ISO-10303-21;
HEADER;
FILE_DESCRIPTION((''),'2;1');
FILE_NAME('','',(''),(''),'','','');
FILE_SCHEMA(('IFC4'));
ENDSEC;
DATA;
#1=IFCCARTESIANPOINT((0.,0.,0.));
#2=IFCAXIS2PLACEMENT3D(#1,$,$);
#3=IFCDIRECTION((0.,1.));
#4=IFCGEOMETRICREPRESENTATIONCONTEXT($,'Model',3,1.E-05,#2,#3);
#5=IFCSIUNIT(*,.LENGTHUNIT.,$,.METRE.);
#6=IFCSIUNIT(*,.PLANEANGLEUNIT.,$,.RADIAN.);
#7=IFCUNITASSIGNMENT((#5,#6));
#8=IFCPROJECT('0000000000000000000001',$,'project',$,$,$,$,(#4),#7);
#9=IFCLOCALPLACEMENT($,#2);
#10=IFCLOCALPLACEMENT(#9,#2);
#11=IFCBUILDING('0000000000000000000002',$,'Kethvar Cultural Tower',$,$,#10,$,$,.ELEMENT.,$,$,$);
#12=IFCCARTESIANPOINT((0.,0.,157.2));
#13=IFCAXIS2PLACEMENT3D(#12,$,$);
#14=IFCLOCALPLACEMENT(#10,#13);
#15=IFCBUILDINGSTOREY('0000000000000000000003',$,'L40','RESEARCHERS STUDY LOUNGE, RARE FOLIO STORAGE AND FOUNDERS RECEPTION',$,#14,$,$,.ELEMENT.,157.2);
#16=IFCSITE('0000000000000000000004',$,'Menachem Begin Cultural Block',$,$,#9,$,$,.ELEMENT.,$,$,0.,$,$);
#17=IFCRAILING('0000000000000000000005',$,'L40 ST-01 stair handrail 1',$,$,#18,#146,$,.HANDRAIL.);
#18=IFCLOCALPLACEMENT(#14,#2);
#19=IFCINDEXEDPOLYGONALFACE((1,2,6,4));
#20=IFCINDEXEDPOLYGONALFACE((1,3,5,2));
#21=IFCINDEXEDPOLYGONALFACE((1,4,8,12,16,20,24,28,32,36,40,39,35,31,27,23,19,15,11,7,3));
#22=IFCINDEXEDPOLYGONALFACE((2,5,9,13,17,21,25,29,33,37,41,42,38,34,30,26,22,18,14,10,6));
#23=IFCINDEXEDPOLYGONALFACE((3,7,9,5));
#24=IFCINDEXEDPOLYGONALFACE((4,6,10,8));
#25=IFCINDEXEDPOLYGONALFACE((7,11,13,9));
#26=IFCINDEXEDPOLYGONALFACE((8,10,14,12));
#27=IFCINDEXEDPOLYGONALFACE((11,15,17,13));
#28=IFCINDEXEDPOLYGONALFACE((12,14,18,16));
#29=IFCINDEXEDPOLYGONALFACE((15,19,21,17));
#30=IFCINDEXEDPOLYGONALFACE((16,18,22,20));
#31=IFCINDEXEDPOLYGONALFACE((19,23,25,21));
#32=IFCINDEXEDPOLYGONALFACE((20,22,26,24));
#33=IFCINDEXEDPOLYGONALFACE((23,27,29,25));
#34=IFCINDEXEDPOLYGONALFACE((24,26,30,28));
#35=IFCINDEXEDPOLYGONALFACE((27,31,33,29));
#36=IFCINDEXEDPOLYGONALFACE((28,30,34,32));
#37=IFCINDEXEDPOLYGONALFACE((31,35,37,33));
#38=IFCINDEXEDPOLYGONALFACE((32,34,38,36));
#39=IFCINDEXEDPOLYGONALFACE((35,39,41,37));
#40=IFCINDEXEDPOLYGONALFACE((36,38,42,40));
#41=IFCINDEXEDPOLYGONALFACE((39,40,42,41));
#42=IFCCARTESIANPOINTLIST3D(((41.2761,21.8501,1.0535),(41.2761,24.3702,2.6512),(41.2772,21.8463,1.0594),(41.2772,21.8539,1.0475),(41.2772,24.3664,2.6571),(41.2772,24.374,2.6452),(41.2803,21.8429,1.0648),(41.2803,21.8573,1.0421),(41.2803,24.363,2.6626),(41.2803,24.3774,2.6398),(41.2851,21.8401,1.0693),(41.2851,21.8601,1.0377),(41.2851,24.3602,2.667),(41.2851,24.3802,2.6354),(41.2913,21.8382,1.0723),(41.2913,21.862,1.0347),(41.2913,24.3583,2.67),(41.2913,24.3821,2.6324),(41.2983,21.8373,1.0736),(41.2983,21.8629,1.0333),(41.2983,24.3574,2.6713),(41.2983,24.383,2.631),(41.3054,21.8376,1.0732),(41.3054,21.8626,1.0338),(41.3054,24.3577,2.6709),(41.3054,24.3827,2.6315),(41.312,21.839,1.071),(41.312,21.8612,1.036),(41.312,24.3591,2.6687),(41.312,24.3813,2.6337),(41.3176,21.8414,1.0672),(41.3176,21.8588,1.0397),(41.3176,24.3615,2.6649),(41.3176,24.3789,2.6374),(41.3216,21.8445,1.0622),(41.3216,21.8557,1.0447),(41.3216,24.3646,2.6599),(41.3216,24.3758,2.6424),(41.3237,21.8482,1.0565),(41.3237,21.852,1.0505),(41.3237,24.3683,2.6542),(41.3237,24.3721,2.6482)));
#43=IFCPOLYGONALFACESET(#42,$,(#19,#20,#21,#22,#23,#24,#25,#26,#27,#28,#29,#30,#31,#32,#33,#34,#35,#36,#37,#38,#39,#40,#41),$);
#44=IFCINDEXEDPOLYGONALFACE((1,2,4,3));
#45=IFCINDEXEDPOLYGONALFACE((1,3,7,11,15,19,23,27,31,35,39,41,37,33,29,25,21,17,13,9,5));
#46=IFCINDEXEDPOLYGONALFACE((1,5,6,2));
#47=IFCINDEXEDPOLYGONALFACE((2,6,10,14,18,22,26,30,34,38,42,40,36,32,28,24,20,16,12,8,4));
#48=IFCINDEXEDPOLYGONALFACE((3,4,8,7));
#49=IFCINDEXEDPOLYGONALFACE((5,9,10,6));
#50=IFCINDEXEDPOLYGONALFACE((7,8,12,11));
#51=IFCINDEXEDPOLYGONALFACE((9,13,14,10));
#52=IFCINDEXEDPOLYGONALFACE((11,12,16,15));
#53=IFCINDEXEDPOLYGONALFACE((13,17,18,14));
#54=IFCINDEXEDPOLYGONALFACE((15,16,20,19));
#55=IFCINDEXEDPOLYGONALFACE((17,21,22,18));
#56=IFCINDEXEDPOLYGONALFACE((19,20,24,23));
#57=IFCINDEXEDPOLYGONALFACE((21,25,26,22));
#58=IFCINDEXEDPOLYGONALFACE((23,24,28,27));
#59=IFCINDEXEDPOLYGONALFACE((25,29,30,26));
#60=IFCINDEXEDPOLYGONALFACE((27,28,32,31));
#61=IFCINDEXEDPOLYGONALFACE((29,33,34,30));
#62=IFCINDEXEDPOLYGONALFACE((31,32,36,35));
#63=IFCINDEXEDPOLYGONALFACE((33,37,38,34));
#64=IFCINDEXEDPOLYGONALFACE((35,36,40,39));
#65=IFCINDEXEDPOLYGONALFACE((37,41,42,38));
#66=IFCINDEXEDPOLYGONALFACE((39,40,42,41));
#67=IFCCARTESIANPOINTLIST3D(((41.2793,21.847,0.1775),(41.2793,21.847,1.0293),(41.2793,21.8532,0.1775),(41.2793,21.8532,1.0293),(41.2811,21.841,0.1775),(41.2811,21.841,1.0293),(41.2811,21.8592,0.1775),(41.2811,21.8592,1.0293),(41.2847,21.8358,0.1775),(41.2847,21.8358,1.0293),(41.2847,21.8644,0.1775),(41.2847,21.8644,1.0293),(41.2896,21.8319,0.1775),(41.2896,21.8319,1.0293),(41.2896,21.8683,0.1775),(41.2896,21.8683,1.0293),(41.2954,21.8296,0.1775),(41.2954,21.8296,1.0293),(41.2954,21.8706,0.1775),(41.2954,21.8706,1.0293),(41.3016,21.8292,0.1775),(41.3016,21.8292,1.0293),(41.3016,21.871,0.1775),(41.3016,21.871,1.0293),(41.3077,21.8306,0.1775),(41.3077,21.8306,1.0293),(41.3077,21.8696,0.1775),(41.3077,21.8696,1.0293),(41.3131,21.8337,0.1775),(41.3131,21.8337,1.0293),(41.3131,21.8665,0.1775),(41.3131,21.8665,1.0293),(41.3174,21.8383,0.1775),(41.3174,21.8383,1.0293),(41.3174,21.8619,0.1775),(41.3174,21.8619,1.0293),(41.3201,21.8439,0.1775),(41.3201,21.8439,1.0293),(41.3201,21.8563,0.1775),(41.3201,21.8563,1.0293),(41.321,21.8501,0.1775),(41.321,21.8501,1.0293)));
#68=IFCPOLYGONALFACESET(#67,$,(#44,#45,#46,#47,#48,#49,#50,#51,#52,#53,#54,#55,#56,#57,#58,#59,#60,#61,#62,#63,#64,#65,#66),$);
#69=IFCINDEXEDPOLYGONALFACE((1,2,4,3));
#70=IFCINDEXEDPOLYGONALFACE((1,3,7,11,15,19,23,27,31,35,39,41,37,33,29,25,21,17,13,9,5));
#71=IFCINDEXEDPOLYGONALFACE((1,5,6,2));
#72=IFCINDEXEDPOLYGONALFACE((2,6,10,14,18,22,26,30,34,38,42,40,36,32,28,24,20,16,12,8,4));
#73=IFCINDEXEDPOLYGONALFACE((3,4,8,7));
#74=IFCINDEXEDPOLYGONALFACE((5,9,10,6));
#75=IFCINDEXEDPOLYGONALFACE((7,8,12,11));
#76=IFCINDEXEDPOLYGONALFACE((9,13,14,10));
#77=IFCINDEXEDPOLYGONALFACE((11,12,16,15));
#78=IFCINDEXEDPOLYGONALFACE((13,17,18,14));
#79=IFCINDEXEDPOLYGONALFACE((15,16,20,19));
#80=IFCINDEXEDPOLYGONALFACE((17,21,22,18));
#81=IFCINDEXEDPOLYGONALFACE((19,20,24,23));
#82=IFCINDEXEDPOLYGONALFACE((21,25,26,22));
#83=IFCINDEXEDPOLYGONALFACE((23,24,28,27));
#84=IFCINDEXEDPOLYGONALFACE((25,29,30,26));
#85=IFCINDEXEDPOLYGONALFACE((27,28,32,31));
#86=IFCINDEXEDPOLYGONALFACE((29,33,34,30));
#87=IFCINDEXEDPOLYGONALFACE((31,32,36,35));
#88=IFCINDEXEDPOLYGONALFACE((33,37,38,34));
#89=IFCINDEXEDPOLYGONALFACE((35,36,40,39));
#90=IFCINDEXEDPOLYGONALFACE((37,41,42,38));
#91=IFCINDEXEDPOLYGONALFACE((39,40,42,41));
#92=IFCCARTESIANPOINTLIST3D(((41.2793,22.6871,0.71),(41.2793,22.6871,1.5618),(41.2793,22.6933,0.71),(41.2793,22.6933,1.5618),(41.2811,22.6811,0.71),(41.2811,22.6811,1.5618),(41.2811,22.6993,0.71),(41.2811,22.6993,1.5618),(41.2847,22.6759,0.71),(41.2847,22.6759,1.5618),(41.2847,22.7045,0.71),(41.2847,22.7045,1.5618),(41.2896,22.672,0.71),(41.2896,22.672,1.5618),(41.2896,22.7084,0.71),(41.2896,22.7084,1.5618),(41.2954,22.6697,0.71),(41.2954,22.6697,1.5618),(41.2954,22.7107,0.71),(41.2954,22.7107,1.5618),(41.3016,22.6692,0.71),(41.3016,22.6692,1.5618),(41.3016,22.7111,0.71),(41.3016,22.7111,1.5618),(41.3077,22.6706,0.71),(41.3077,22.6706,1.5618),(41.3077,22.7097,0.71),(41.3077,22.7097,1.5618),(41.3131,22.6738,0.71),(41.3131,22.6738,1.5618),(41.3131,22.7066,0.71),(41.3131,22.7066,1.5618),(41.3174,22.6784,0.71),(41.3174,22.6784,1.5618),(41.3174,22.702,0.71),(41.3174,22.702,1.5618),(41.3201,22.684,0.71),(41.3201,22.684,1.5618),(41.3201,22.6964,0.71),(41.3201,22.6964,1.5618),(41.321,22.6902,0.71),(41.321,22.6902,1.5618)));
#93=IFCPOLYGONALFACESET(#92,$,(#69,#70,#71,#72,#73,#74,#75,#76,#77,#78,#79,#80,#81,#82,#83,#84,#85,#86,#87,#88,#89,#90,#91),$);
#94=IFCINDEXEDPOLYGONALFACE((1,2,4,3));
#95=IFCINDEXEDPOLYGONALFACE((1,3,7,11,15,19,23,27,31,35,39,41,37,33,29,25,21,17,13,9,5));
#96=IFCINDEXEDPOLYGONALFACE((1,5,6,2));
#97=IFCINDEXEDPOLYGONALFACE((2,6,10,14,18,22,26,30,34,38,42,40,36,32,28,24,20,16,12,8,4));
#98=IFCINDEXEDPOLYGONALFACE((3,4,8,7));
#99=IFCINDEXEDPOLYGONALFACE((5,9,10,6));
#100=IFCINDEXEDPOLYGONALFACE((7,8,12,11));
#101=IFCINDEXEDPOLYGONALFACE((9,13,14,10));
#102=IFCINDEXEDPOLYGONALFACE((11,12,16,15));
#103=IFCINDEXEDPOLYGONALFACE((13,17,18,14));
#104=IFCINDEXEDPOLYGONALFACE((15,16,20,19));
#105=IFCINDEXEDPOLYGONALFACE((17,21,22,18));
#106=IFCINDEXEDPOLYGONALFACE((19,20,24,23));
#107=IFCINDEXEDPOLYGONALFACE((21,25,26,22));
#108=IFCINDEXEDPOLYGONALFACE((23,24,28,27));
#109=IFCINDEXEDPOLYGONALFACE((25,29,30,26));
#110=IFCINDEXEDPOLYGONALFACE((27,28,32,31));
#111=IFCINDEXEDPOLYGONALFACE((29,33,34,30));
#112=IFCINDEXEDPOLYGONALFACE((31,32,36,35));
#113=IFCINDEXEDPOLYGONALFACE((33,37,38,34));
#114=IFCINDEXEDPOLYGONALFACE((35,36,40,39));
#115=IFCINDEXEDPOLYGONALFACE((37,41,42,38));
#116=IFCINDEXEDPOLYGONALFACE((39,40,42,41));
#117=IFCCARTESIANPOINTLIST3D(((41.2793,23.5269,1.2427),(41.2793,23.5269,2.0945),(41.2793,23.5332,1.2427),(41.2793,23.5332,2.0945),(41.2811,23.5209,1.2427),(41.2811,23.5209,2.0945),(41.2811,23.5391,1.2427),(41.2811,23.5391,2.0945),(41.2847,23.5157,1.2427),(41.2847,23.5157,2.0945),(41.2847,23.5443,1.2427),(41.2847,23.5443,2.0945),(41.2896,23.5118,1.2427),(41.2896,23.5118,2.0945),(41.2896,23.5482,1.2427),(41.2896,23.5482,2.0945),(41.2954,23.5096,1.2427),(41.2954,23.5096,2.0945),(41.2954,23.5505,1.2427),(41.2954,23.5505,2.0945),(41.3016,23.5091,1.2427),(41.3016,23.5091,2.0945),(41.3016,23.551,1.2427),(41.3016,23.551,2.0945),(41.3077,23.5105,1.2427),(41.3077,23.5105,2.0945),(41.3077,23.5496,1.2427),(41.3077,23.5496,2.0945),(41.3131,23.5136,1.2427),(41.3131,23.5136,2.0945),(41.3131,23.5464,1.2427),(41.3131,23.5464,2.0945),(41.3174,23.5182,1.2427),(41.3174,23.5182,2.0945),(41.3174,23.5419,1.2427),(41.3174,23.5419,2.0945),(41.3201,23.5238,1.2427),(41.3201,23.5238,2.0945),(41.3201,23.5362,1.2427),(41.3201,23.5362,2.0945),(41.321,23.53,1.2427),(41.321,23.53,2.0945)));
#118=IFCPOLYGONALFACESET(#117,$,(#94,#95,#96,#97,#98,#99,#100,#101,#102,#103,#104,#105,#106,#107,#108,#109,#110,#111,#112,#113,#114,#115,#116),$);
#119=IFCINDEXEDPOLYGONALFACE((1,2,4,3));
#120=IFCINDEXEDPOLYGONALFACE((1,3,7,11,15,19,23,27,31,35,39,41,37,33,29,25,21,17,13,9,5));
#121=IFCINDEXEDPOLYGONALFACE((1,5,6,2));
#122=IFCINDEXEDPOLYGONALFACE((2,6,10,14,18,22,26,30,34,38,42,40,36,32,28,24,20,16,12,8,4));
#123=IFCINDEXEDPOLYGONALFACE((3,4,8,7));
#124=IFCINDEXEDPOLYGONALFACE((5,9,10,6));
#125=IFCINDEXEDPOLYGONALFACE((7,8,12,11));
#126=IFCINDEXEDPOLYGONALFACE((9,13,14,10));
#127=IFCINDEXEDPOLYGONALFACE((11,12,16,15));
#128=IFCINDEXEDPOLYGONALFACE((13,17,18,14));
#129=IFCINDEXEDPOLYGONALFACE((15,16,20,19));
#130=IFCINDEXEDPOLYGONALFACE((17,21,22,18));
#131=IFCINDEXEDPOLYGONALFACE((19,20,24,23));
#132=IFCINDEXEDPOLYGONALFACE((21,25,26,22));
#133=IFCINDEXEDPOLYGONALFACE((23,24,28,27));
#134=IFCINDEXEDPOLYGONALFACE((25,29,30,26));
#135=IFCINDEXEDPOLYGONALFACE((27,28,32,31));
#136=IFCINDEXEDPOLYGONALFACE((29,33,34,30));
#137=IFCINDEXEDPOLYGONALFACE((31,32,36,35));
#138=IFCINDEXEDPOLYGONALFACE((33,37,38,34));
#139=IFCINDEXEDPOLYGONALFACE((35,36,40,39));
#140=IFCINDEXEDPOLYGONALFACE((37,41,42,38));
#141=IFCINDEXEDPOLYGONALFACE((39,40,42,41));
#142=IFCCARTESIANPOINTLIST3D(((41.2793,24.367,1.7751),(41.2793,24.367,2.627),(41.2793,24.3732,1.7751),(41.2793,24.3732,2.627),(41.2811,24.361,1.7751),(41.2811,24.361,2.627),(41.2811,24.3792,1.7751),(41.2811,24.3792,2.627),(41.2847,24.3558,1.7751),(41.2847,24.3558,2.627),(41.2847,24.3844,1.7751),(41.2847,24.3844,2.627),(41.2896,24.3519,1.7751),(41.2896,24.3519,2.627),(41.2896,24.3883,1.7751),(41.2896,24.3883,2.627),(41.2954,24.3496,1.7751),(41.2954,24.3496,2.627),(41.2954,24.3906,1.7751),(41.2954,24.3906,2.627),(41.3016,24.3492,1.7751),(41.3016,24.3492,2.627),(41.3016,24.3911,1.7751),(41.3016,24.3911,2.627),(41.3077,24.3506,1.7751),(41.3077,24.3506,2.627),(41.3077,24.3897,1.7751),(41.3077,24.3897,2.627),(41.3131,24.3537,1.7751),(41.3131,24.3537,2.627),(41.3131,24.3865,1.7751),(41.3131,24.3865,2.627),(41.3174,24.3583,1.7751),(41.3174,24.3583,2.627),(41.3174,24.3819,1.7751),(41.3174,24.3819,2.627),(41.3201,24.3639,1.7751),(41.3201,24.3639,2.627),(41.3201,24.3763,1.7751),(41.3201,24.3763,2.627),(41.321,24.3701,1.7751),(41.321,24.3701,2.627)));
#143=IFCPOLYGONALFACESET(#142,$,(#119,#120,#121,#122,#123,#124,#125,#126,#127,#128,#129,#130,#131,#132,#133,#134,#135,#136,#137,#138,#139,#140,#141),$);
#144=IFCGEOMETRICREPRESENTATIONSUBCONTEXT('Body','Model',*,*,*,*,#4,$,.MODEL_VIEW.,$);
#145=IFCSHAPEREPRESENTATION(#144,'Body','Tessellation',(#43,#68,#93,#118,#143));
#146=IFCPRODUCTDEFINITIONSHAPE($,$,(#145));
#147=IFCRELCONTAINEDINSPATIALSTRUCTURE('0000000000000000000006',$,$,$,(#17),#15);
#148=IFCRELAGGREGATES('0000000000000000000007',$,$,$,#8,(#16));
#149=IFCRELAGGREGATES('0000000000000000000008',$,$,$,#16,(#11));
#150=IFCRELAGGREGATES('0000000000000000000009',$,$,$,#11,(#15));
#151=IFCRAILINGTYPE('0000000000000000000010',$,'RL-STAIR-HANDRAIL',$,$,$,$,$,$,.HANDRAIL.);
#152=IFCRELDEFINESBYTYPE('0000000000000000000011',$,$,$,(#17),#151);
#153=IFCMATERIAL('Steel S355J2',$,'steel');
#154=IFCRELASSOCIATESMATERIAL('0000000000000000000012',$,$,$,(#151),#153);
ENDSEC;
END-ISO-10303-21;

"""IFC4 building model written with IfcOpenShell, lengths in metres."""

from ifc_helpers import new_model, si_unit, direction, frame, origin, origin_2d, place, context, subcontext, project, spatial, circle, extrude, material, type_object, element, save


model = new_model("IFC4")

# Units and contexts
model_context = context("Model", 3, precision=1e-05, world=origin(), true_north=direction((0.0, 1.0)))
body_context = subcontext(model_context, "Body", "Model", "MODEL_VIEW")
ifc_project = project(units=[si_unit("LENGTHUNIT", "METRE"), si_unit("PLANEANGLEUNIT", "RADIAN")], contexts=[model_context])

# Site, building, storey
site_placement = place(None, origin())
site = spatial("IfcSite", under=ifc_project, at=site_placement, Name="Menachem Begin Cultural Block", CompositionType="ELEMENT", RefElevation=0.0)
building_placement = place(site_placement, origin())
building = spatial("IfcBuilding", under=site, at=building_placement, Name="Kethvar Cultural Tower", CompositionType="ELEMENT")
storey_placement = place(building_placement, frame((0.0, 0.0, 157.2)))
storey = spatial("IfcBuildingStorey", under=building, at=storey_placement, Name="L40", Description="RESEARCHERS STUDY LOUNGE, RARE FOLIO STORAGE AND FOUNDERS RECEPTION", CompositionType="ELEMENT", Elevation=157.2)

# Shared definitions
ifc_material_1 = material(Name="Steel S355J2", Category="steel")

# Railing
railing_type_1 = type_object("IfcRailingType", Name="RL-STAIR-HANDRAIL", PredefinedType="HANDRAIL", material=ifc_material_1)
railing_1_placement = place(storey_placement, frame((41.3, 21.8501, 0.1775)))
element("IfcRailing", 1, at=railing_1_placement, inside=storey, type_object=railing_type_1, Name="L40 ST-01 stair handrail 1", PredefinedType="HANDRAIL", context=body_context, shape_type="SweptSolid", body=[
    extrude(circle(Radius=0.0239, at=origin_2d()), frame((0.0, 0.0, 0.876), z_axis=(0.0, 0.84457, 0.535445), x_axis=(-1.0, 0.0, 0.0)), (0.0, 0.0, 1.0), 2.9839),
    extrude(circle(Radius=0.021, at=origin_2d()), origin(), (0.0, 0.0, 1.0), 0.8518),
    extrude(circle(Radius=0.021, at=origin_2d()), frame((0.0, 0.8401, 0.5325)), (0.0, 0.0, 1.0), 0.8518),
    extrude(circle(Radius=0.021, at=origin_2d()), frame((0.0, 1.6799, 1.0652)), (0.0, 0.0, 1.0), 0.8518),
    extrude(circle(Radius=0.021, at=origin_2d()), frame((0.0, 2.52, 1.5977)), (0.0, 0.0, 1.0), 0.8518),
])

save(model, "model.ifc")
